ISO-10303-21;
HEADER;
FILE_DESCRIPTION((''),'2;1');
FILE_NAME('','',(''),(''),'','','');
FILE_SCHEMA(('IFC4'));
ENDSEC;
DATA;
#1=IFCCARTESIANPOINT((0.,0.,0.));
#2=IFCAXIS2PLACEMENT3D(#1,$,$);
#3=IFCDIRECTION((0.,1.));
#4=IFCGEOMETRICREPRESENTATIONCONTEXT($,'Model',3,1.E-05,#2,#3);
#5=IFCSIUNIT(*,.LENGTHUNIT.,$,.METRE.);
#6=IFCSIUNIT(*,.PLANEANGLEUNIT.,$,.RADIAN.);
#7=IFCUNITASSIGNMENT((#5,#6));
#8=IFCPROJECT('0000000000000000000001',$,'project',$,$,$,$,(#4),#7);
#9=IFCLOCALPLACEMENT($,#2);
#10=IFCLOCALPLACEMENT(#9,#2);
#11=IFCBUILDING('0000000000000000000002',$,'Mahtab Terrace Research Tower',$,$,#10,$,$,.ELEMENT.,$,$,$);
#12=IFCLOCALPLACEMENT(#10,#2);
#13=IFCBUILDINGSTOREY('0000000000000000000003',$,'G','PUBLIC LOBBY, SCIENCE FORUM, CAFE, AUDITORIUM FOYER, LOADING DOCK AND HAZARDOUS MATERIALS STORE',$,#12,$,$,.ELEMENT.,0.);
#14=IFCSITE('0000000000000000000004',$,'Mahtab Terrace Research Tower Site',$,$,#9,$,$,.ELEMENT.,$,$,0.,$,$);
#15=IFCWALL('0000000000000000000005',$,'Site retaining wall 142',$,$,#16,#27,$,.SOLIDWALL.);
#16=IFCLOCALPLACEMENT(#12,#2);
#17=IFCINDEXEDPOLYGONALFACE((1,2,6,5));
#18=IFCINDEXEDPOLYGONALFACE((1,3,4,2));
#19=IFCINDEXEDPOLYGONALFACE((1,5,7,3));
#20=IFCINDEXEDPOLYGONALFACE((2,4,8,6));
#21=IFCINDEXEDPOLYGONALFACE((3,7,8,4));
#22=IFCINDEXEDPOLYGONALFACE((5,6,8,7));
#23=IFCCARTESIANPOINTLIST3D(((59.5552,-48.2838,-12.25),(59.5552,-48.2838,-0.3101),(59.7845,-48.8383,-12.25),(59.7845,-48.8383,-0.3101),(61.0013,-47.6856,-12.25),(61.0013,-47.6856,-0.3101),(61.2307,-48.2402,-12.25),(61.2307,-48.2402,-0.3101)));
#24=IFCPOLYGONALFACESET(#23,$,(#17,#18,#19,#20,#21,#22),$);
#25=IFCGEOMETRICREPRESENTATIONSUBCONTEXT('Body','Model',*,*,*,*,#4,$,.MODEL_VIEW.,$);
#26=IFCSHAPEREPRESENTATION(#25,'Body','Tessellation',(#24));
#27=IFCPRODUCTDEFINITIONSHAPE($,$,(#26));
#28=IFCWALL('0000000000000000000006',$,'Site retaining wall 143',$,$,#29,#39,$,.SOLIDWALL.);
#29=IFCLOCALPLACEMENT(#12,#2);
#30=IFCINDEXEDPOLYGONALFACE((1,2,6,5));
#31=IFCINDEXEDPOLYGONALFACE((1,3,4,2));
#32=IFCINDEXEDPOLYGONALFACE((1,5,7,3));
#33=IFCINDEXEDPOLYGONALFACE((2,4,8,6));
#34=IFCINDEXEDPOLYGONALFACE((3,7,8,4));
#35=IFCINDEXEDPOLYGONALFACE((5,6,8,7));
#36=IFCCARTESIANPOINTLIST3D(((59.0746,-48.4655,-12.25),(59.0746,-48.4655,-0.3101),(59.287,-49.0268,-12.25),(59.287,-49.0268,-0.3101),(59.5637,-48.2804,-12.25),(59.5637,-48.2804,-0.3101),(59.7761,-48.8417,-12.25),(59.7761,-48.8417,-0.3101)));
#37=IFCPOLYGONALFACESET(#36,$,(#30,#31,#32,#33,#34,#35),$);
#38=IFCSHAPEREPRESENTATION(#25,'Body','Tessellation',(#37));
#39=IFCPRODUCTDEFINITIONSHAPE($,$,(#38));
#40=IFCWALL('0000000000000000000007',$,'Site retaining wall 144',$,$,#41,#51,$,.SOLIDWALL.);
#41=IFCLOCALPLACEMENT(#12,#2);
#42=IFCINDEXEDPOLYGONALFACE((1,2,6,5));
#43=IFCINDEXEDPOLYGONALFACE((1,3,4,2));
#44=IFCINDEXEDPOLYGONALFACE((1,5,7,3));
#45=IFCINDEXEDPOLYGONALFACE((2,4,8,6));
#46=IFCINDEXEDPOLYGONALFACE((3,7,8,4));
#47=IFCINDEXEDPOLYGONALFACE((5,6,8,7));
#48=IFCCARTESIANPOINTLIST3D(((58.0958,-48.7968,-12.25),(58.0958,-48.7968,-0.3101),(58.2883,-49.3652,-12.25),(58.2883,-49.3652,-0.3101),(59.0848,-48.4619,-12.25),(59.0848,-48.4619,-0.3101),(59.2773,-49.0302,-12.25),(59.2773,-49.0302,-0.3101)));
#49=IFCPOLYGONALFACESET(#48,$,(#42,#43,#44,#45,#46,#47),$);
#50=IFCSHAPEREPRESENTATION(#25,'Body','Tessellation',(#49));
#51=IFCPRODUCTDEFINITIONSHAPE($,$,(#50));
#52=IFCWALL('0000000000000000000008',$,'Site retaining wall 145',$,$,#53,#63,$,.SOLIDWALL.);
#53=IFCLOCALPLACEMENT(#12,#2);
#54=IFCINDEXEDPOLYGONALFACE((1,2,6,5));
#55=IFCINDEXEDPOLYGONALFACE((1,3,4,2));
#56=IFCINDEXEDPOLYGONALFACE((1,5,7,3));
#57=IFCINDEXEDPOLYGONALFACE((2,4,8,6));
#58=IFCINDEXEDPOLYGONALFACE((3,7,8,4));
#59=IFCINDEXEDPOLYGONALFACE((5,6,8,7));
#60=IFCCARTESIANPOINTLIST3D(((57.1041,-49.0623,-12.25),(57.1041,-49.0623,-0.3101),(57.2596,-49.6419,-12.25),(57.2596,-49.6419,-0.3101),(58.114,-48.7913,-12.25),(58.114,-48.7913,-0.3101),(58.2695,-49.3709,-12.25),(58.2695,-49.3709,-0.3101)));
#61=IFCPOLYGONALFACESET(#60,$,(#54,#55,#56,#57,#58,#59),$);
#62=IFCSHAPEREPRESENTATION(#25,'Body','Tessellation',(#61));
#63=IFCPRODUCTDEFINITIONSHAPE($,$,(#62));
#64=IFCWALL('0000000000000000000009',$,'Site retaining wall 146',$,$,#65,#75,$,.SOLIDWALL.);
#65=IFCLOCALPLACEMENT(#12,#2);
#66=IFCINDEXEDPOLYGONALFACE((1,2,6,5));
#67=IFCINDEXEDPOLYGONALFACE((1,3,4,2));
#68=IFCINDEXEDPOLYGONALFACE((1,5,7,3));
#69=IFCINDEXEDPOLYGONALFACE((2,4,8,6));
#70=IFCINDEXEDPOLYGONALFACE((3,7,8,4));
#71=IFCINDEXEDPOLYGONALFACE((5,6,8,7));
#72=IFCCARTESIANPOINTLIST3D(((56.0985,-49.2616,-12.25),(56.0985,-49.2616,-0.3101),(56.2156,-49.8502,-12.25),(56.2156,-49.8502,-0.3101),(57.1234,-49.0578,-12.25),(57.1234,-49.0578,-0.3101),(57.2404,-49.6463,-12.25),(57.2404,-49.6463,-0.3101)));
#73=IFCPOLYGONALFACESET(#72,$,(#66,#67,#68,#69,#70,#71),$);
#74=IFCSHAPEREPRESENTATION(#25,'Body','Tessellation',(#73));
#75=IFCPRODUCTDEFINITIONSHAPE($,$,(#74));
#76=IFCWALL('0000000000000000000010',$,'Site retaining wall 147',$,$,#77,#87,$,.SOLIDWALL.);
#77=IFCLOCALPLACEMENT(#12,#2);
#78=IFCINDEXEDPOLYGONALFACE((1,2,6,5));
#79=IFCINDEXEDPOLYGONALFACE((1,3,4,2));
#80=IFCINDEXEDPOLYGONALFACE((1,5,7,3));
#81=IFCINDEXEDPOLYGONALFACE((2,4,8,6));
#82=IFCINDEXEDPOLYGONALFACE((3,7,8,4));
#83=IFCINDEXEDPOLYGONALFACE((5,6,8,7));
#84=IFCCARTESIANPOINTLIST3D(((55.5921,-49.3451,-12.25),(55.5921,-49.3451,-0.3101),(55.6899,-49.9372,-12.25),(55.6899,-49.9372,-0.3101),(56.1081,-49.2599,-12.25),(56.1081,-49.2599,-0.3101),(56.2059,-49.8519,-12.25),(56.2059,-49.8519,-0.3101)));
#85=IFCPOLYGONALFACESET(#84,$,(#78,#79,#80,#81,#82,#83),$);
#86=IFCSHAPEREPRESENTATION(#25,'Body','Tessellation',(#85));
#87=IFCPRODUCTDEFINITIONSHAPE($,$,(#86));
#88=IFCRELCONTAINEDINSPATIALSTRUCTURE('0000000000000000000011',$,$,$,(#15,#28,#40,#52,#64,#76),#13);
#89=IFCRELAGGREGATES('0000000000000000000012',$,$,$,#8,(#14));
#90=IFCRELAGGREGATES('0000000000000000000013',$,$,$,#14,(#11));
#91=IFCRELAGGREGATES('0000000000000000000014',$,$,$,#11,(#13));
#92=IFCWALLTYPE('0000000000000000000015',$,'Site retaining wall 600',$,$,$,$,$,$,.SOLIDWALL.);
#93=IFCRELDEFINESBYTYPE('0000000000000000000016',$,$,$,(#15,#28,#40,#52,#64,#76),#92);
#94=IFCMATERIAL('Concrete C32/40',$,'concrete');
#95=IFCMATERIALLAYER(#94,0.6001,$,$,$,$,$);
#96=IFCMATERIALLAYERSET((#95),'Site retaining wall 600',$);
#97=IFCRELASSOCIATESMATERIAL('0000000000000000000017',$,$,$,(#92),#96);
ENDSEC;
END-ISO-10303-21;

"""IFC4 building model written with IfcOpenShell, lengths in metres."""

from ifc_helpers import new_model, si_unit, direction, frame, frame_2d, origin, place, context, subcontext, project, spatial, rectangle, extrude, material, layer, layer_set, type_object, element, save


model = new_model("IFC4")

# Units and contexts
model_context = context("Model", 3, precision=1e-05, world=origin(), true_north=direction((0.0, 1.0)))
body_context = subcontext(model_context, "Body", "Model", "MODEL_VIEW")
ifc_project = project(units=[si_unit("LENGTHUNIT", "METRE"), si_unit("PLANEANGLEUNIT", "RADIAN")], contexts=[model_context])

# Site, building, storey
site_placement = place(None, origin())
site = spatial("IfcSite", under=ifc_project, at=site_placement, Name="Mahtab Terrace Research Tower Site", CompositionType="ELEMENT", RefElevation=0.0)
building_placement = place(site_placement, origin())
building = spatial("IfcBuilding", under=site, at=building_placement, Name="Mahtab Terrace Research Tower", CompositionType="ELEMENT")
storey_placement = place(building_placement, origin())
storey = spatial("IfcBuildingStorey", under=building, at=storey_placement, Name="G", Description="PUBLIC LOBBY, SCIENCE FORUM, CAFE, AUDITORIUM FOYER, LOADING DOCK AND HAZARDOUS MATERIALS STORE", CompositionType="ELEMENT", Elevation=0.0)

# Walls
ifc_material = material(Name="Concrete C32/40", Category="concrete")
ifc_layer = layer(ifc_material, 0.6001)
ifc_layer_set = layer_set([ifc_layer], Name="Site retaining wall 600")
wall_type = type_object("IfcWallType", Name="Site retaining wall 600", PredefinedType="SOLIDWALL", material=ifc_layer_set)
wall_1_placement = place(storey_placement, frame((61.116, -47.9629, -12.25), z_axis=(0.0, 0.0, 1.0), x_axis=(-0.924066, -0.382232, 0.0)))
element("IfcWall", 1, at=wall_1_placement, inside=storey, type_object=wall_type, Name="Site retaining wall 142", PredefinedType="SOLIDWALL", context=body_context, shape_type="SweptSolid", body=[
    extrude(rectangle(XDim=1.5649, YDim=0.6001, at=frame_2d((0.7825, 0.0))), origin(), (0.0, 0.0, 1.0), 11.9399),
])
wall_2_placement = place(storey_placement, frame((59.6699, -48.561, -12.25), z_axis=(0.0, 0.0, 1.0), x_axis=(-0.93527, -0.353936, 0.0)))
element("IfcWall", 2, at=wall_2_placement, inside=storey, type_object=wall_type, Name="Site retaining wall 143", PredefinedType="SOLIDWALL", context=body_context, shape_type="SweptSolid", body=[
    extrude(rectangle(XDim=0.5229, YDim=0.6001, at=frame_2d((0.2615, 0.0))), origin(), (0.0, 0.0, 1.0), 11.9399),
])
wall_3_placement = place(storey_placement, frame((59.1809, -48.7461, -12.25), z_axis=(0.0, 0.0, 1.0), x_axis=(-0.947153, -0.320783, 0.0)))
element("IfcWall", 3, at=wall_3_placement, inside=storey, type_object=wall_type, Name="Site retaining wall 144", PredefinedType="SOLIDWALL", context=body_context, shape_type="SweptSolid", body=[
    extrude(rectangle(XDim=1.0442, YDim=0.6001, at=frame_2d((0.522, 0.0))), origin(), (0.0, 0.0, 1.0), 11.9399),
])
wall_4_placement = place(storey_placement, frame((58.1919, -49.0811, -12.25), z_axis=(0.0, 0.0, 1.0), x_axis=(-0.965839, -0.259145, 0.0)))
element("IfcWall", 4, at=wall_4_placement, inside=storey, type_object=wall_type, Name="Site retaining wall 145", PredefinedType="SOLIDWALL", context=body_context, shape_type="SweptSolid", body=[
    extrude(rectangle(XDim=1.0457, YDim=0.6001, at=frame_2d((0.5229, 0.0))), origin(), (0.0, 0.0, 1.0), 11.9399),
])
wall_5_placement = place(storey_placement, frame((57.1819, -49.3521, -12.25), z_axis=(0.0, 0.0, 1.0), x_axis=(-0.980787, -0.195083, 0.0)))
element("IfcWall", 5, at=wall_5_placement, inside=storey, type_object=wall_type, Name="Site retaining wall 146", PredefinedType="SOLIDWALL", context=body_context, shape_type="SweptSolid", body=[
    extrude(rectangle(XDim=1.0449, YDim=0.6001, at=frame_2d((0.5225, 0.0))), origin(), (0.0, 0.0, 1.0), 11.9399),
])
wall_6_placement = place(storey_placement, frame((56.157, -49.5559, -12.25), z_axis=(0.0, 0.0, 1.0), x_axis=(-0.986633, -0.16296, 0.0)))
element("IfcWall", 6, at=wall_6_placement, inside=storey, type_object=wall_type, Name="Site retaining wall 147", PredefinedType="SOLIDWALL", context=body_context, shape_type="SweptSolid", body=[
    extrude(rectangle(XDim=0.5229, YDim=0.6001, at=frame_2d((0.2615, 0.0))), origin(), (0.0, 0.0, 1.0), 11.9399),
])

save(model, "model.ifc")
